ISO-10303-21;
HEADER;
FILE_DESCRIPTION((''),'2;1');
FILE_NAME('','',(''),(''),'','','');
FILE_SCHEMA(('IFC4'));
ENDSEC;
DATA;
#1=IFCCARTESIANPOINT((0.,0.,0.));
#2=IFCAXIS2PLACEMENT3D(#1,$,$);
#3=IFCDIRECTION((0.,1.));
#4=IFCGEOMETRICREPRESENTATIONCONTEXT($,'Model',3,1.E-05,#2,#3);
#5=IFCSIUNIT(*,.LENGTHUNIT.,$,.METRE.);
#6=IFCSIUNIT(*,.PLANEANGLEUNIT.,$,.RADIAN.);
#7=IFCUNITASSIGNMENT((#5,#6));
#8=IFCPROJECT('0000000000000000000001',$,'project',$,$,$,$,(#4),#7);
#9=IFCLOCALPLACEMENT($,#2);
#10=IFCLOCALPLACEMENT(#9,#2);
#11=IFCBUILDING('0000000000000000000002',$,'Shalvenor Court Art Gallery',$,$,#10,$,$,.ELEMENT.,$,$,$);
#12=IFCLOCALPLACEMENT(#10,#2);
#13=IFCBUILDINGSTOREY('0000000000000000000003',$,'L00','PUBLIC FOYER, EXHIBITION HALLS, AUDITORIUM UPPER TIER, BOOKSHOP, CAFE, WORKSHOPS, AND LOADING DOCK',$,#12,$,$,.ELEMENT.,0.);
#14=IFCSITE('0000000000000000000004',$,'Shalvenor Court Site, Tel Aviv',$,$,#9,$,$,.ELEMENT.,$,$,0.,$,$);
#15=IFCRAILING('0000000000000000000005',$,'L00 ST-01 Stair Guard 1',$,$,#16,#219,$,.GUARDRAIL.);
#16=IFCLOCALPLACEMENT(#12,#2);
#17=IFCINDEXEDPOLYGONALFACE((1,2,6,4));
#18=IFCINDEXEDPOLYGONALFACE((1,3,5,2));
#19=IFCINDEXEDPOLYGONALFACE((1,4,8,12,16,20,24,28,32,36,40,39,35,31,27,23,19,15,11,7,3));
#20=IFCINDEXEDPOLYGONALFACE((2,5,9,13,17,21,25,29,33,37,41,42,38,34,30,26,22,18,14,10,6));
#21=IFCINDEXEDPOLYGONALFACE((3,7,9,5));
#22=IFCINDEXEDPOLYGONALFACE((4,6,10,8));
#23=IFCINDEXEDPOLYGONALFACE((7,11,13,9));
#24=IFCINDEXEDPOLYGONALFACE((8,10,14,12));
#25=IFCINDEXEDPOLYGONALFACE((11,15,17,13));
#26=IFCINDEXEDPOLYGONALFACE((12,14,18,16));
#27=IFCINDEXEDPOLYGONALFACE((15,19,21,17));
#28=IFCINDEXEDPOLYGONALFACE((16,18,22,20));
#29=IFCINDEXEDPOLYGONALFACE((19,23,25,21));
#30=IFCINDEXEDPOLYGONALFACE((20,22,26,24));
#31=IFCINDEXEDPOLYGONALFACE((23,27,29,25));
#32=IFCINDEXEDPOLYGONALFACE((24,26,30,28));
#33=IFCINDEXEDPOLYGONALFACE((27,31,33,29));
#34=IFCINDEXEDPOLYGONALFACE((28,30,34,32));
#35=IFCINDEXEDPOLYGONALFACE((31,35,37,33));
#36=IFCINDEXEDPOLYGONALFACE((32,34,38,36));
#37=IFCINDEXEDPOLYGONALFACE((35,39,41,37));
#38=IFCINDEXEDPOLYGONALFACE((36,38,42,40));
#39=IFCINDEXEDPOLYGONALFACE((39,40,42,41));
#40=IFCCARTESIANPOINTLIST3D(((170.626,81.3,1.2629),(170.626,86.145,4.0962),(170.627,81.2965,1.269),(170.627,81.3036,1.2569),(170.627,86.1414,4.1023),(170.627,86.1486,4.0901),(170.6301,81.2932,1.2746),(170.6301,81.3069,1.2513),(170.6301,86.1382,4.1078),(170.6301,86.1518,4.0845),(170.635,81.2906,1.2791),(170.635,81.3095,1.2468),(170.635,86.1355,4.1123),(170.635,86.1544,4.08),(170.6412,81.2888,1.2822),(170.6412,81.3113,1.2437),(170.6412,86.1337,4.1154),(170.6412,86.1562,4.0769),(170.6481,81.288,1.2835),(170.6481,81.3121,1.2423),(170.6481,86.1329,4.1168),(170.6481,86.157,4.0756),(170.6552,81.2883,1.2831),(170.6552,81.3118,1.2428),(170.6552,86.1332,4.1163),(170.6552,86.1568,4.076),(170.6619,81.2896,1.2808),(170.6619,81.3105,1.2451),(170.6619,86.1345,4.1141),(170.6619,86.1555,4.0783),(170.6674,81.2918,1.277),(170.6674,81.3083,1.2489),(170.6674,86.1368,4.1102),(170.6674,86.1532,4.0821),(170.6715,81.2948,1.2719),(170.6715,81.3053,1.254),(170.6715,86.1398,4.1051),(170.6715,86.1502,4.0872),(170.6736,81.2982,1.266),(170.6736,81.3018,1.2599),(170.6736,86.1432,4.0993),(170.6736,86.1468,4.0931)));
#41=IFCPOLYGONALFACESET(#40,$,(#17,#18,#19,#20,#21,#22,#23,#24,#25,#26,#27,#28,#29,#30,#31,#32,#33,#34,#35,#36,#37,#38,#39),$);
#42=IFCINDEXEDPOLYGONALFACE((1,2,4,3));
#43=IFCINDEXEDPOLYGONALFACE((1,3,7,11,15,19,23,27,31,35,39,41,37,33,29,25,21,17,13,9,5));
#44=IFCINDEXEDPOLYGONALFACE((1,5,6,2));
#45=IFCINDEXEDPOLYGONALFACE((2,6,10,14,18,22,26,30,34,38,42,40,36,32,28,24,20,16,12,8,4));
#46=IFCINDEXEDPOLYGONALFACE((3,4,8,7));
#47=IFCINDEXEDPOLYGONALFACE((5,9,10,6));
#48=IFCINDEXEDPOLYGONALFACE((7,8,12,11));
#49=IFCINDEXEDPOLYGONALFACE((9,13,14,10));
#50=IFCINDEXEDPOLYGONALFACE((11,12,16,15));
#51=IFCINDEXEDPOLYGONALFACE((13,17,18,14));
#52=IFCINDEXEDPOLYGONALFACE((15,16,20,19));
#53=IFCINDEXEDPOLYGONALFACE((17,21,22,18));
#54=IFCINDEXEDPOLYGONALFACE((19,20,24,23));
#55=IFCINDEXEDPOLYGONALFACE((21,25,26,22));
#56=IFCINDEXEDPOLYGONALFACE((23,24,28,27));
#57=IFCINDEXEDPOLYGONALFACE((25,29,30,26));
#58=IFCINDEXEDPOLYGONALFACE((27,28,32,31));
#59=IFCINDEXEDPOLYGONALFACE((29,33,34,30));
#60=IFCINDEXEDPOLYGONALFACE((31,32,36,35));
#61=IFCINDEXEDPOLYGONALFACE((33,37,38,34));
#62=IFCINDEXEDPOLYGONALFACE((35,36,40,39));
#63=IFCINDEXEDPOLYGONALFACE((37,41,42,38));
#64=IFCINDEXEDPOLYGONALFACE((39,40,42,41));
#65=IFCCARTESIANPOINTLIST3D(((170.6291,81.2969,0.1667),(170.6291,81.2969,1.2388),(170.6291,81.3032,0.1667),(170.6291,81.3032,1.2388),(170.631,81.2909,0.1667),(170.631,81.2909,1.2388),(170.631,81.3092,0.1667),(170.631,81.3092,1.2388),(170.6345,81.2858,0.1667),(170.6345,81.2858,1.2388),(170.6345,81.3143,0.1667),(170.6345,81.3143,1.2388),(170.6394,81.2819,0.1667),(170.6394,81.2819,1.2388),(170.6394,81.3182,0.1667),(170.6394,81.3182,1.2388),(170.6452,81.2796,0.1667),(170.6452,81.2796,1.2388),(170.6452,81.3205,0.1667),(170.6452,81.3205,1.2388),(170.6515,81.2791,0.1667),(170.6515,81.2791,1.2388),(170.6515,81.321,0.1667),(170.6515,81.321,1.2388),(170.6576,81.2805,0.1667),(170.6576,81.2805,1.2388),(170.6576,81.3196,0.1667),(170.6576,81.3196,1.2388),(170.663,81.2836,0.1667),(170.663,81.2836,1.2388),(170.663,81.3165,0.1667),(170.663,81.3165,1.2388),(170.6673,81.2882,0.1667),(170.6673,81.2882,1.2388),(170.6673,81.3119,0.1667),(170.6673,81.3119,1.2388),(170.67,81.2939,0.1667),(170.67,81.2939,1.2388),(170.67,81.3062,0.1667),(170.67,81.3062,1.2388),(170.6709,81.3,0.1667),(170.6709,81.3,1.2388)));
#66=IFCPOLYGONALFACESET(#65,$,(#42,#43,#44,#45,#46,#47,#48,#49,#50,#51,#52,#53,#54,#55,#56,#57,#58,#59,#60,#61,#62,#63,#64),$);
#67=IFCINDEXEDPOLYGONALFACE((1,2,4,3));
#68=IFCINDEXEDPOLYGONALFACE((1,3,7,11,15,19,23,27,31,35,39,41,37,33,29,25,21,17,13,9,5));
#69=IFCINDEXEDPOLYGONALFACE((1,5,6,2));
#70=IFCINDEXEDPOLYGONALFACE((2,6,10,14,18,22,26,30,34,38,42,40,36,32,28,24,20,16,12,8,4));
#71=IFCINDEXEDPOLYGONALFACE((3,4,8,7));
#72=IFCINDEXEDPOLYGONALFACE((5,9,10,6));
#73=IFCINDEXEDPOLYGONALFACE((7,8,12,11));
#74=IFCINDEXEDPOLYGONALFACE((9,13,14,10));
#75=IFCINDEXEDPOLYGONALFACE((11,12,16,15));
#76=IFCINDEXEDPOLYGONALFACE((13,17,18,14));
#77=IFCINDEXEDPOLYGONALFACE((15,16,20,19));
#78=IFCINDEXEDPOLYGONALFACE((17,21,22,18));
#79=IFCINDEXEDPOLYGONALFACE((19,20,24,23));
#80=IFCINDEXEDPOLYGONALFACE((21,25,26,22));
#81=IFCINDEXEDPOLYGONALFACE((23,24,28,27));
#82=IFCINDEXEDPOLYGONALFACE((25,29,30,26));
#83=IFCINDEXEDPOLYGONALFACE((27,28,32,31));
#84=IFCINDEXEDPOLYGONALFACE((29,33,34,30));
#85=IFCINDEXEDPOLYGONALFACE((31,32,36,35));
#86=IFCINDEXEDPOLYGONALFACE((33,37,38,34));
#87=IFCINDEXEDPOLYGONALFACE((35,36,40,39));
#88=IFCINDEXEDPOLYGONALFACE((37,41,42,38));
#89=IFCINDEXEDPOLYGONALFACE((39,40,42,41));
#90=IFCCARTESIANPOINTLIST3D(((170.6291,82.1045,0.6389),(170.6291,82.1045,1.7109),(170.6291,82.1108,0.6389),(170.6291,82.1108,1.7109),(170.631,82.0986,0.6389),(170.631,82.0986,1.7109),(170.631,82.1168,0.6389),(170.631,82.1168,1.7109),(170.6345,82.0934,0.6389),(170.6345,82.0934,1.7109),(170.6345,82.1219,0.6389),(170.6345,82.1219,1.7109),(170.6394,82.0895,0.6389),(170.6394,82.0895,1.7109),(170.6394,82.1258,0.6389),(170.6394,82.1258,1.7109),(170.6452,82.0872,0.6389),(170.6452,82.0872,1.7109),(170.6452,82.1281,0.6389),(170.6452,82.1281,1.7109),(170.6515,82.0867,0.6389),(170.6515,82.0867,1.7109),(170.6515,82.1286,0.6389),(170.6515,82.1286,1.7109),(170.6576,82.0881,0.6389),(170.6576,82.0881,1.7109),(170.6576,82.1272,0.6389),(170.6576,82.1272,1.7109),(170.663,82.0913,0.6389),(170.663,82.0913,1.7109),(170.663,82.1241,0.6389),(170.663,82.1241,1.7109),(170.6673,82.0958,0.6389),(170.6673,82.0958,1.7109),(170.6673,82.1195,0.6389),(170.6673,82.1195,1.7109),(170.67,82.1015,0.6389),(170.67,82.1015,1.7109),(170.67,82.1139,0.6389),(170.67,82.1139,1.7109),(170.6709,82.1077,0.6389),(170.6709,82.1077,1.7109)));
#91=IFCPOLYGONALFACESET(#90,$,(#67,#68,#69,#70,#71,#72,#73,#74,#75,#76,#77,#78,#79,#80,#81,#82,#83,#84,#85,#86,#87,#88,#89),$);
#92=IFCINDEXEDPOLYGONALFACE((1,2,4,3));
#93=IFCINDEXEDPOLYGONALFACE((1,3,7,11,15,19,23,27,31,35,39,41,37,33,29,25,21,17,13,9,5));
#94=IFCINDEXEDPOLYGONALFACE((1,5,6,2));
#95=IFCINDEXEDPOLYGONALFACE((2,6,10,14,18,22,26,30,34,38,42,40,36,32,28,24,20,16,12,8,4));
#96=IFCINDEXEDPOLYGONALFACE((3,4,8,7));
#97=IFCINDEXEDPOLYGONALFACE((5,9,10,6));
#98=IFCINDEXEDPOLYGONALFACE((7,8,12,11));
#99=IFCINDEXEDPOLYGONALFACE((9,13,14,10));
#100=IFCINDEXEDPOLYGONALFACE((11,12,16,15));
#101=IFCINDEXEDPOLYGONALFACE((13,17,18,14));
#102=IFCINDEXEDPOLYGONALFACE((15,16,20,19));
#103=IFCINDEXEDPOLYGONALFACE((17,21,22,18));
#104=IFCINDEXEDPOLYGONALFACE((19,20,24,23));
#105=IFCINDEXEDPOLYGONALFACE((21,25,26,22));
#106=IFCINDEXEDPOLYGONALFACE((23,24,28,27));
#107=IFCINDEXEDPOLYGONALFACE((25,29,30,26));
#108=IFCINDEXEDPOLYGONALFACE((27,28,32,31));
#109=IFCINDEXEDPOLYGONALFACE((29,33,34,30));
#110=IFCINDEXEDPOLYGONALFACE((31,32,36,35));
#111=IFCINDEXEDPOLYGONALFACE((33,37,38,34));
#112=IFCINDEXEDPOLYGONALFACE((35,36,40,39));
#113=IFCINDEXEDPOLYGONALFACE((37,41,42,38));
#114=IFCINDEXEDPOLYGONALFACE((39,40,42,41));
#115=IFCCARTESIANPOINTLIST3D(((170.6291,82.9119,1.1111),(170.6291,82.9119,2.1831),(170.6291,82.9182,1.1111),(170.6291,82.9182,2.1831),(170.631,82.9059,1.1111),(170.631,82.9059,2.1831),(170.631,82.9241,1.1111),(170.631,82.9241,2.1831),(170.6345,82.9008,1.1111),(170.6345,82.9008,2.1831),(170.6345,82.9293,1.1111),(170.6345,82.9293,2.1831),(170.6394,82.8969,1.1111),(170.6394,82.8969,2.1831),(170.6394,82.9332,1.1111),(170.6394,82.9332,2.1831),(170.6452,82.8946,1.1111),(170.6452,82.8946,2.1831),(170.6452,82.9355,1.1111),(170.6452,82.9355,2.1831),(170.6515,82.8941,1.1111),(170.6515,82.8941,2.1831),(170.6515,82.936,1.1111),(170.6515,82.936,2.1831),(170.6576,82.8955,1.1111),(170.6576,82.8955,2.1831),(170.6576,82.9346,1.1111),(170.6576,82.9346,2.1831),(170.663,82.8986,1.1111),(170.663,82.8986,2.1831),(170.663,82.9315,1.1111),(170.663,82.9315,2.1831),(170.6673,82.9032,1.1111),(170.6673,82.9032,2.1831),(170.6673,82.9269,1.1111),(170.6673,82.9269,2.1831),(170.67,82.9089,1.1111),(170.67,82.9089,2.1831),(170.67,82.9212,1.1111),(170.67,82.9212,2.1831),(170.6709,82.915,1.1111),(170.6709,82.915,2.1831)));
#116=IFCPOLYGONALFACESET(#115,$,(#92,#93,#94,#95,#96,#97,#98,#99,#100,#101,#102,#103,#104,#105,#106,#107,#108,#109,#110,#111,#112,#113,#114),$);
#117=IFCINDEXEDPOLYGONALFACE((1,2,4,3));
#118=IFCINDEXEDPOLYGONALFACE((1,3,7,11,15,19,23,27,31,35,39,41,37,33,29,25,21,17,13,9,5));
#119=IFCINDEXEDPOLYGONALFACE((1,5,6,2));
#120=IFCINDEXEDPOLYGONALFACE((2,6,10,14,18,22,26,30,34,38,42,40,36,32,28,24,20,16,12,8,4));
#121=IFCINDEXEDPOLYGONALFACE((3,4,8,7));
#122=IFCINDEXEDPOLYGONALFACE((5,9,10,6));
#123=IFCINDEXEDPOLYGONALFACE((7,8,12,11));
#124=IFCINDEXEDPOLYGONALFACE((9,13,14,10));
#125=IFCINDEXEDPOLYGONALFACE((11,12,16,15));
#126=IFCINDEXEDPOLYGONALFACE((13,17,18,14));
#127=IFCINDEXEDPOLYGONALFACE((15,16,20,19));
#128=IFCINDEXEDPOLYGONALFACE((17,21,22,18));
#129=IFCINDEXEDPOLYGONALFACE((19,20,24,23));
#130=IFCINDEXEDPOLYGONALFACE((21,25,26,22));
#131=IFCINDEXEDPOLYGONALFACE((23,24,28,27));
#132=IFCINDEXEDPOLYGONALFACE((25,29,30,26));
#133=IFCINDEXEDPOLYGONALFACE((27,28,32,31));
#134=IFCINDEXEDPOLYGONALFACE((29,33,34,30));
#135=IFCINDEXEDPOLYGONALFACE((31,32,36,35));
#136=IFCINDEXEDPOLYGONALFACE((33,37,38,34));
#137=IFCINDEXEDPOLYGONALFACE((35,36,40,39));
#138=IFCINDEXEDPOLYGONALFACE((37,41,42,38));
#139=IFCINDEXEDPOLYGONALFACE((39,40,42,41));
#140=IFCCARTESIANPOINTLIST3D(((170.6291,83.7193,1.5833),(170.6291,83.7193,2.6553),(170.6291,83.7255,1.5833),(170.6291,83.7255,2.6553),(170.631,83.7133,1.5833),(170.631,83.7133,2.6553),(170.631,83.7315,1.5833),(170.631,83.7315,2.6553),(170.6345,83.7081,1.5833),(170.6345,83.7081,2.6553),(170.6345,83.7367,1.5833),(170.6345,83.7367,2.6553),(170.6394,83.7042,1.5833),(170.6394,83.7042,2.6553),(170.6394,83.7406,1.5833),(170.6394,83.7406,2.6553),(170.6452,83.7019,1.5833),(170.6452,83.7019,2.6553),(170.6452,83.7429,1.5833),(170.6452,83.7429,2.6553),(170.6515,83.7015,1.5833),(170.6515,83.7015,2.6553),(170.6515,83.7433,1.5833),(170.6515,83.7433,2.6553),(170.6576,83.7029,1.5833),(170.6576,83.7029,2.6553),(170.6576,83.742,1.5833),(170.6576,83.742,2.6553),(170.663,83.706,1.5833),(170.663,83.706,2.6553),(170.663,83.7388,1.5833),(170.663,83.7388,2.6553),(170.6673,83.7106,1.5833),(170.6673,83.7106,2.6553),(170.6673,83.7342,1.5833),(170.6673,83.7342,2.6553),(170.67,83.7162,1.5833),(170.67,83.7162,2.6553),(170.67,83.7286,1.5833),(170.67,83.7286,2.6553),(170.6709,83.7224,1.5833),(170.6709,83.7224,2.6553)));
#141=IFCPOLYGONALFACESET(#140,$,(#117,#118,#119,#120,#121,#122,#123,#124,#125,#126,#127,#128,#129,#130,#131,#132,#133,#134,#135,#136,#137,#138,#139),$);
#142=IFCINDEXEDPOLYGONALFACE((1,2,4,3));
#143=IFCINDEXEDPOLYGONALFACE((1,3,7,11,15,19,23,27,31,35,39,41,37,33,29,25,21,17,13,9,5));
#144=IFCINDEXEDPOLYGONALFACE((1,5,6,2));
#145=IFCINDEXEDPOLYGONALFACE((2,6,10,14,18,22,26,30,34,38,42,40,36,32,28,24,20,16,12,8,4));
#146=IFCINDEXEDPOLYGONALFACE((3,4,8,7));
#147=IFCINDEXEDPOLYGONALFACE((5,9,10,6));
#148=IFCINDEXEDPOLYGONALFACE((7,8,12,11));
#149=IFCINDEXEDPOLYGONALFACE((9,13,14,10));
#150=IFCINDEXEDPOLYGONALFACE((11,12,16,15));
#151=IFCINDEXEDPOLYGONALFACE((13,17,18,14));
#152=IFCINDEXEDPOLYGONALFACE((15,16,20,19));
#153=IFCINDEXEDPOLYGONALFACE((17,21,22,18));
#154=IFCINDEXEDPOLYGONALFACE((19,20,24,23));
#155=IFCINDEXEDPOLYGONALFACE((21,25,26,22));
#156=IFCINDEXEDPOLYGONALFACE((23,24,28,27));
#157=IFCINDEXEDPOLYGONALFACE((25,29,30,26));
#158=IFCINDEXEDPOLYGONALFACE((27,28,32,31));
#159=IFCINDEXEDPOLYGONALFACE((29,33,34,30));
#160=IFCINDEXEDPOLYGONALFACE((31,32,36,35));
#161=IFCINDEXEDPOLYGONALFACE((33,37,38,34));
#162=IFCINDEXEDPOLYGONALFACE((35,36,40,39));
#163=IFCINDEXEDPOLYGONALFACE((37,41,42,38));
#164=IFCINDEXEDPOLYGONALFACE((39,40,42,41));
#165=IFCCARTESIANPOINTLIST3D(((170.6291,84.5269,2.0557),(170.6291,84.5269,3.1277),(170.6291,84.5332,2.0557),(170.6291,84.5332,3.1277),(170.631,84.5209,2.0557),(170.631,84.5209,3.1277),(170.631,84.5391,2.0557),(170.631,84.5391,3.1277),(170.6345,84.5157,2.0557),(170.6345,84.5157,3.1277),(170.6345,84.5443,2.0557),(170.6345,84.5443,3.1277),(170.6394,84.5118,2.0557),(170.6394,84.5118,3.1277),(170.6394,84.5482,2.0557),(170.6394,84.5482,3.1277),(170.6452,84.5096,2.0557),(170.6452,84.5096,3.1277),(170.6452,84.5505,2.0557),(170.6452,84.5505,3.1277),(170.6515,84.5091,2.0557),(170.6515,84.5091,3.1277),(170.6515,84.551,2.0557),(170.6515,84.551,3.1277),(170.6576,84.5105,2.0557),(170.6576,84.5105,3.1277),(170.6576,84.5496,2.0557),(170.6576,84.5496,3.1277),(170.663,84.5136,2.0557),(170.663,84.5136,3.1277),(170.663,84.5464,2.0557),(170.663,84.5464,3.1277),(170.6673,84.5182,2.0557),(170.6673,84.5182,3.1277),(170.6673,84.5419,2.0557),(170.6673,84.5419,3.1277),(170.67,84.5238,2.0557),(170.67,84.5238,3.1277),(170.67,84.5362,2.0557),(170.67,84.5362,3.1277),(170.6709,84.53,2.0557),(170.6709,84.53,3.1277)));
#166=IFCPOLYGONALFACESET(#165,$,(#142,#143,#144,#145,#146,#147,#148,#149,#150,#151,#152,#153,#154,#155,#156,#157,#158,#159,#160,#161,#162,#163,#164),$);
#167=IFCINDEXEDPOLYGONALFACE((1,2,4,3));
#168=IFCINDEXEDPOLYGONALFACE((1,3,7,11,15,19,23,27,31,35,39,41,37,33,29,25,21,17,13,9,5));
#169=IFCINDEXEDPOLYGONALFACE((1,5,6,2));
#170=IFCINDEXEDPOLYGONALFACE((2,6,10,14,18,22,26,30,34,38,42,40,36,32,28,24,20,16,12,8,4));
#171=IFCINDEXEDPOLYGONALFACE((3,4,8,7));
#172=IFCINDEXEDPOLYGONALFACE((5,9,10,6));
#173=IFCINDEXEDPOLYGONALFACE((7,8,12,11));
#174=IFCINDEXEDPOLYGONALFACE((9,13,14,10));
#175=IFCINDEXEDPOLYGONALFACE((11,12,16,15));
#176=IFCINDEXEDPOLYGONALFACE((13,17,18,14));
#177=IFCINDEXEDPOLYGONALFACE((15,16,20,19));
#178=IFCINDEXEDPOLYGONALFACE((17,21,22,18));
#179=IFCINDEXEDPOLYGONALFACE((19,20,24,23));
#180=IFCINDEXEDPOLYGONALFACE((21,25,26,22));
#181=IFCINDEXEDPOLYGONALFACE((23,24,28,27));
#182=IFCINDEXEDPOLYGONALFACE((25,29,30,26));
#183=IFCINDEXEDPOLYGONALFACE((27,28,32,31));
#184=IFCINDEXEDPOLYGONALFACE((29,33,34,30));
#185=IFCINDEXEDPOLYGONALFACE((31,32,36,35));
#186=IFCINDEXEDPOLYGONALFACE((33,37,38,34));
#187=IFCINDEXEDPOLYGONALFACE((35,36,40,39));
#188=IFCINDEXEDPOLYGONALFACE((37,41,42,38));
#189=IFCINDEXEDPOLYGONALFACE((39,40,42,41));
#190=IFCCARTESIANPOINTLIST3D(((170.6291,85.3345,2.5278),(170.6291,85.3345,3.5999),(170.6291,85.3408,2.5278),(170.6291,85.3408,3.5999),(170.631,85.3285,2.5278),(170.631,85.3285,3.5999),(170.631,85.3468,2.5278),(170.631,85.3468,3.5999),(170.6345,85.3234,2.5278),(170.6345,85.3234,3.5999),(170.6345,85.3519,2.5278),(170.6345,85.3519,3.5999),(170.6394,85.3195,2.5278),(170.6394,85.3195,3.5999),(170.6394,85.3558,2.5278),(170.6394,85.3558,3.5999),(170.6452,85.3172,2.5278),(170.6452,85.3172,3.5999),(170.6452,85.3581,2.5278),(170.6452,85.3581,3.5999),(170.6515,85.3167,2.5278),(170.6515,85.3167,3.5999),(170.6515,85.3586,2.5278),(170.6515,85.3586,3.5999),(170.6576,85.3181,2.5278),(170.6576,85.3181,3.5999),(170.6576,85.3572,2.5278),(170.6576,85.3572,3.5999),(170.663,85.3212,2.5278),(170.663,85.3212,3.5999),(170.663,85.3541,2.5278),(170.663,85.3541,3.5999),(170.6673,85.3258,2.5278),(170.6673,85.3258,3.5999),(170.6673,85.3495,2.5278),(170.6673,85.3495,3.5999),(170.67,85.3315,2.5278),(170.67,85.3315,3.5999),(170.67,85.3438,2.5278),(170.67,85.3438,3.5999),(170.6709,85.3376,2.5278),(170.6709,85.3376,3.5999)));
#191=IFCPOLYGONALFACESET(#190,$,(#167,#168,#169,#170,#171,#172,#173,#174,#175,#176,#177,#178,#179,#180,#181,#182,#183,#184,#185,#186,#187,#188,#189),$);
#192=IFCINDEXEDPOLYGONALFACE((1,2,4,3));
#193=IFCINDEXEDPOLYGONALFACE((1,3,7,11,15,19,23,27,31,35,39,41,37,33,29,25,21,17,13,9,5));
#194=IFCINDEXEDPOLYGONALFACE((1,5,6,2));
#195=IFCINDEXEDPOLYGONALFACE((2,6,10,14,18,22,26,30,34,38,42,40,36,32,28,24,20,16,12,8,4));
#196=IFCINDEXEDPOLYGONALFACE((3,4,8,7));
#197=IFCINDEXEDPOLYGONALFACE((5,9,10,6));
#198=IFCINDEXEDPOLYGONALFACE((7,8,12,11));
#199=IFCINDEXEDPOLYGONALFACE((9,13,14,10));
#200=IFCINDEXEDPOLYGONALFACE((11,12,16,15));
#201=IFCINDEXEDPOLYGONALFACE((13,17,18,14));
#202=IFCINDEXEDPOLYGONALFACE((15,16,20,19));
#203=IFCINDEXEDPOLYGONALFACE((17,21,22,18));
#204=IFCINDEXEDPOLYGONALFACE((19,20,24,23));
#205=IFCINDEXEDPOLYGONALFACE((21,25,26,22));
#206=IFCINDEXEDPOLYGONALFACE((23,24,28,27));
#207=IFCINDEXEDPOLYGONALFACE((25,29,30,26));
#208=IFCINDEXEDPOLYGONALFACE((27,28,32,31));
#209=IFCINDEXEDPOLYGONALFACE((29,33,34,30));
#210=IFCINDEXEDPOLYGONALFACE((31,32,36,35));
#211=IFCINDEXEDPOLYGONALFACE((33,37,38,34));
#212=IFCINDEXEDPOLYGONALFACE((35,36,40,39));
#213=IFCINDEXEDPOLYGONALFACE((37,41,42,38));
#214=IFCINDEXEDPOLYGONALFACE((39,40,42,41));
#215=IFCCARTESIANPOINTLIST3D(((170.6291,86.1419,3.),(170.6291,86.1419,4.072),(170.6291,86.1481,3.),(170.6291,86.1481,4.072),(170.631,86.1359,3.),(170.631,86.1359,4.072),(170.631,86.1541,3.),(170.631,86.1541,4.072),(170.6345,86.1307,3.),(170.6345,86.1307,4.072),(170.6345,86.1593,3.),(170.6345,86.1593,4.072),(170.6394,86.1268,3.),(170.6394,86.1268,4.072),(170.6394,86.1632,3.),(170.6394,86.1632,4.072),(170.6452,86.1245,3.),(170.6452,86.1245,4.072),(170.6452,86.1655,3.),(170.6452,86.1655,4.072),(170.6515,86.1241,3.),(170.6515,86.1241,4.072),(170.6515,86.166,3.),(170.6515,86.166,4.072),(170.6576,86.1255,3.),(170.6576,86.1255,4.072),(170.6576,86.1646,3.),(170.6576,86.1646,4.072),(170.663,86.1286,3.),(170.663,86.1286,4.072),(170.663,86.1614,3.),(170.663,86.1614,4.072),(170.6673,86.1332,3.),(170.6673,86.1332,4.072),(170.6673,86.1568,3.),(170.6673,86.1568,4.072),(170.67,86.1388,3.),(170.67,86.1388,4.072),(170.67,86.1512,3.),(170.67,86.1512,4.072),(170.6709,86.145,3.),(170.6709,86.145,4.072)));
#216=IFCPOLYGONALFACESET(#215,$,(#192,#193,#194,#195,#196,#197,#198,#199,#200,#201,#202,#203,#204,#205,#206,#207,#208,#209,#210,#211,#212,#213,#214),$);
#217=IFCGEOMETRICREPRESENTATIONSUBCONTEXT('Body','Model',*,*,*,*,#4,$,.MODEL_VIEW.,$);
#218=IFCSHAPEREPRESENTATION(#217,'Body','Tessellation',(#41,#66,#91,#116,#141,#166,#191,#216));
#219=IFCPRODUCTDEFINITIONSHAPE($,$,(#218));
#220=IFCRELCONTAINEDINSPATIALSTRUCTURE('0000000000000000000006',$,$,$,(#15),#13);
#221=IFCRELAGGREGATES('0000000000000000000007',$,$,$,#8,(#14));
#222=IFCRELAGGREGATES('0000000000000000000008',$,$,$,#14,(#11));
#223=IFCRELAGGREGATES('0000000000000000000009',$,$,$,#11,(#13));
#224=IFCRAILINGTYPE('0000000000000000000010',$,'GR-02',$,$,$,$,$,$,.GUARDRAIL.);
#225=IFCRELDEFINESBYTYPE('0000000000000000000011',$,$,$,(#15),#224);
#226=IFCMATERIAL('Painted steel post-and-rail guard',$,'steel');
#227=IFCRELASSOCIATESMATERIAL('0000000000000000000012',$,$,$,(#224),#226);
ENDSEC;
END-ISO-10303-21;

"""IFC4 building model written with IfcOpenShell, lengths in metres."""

from ifc_helpers import new_model, si_unit, direction, frame, origin, origin_2d, place, context, subcontext, project, spatial, circle, extrude, material, type_object, element, save


model = new_model("IFC4")

# Units and contexts
model_context = context("Model", 3, precision=1e-05, world=origin(), true_north=direction((0.0, 1.0)))
body_context = subcontext(model_context, "Body", "Model", "MODEL_VIEW")
ifc_project = project(units=[si_unit("LENGTHUNIT", "METRE"), si_unit("PLANEANGLEUNIT", "RADIAN")], contexts=[model_context])

# Site, building, storey
site_placement = place(None, origin())
site = spatial("IfcSite", under=ifc_project, at=site_placement, Name="Shalvenor Court Site, Tel Aviv", CompositionType="ELEMENT", RefElevation=0.0)
building_placement = place(site_placement, origin())
building = spatial("IfcBuilding", under=site, at=building_placement, Name="Shalvenor Court Art Gallery", CompositionType="ELEMENT")
storey_placement = place(building_placement, origin())
storey = spatial("IfcBuildingStorey", under=building, at=storey_placement, Name="L00", Description="PUBLIC FOYER, EXHIBITION HALLS, AUDITORIUM UPPER TIER, BOOKSHOP, CAFE, WORKSHOPS, AND LOADING DOCK", CompositionType="ELEMENT", Elevation=0.0)

# Railing
ifc_material_1 = material(Name="Painted steel post-and-rail guard", Category="steel")
railing_type_1 = type_object("IfcRailingType", Name="GR-02", PredefinedType="GUARDRAIL", material=ifc_material_1)
railing_1_placement = place(storey_placement, frame((170.6499, 81.3, 0.1667)))
element("IfcRailing", 1, at=railing_1_placement, inside=storey, type_object=railing_type_1, Name="L00 ST-01 Stair Guard 1", PredefinedType="GUARDRAIL", context=body_context, shape_type="SweptSolid", body=[
    extrude(circle(Radius=0.0239, at=origin_2d()), frame((0.0, 0.0, 1.0962), z_axis=(0.0, 0.863234, 0.504804), x_axis=(-1.0, 0.0, 0.0)), (0.0, 0.0, 1.0), 5.6125),
    extrude(circle(Radius=0.021, at=origin_2d()), origin(), (0.0, 0.0, 1.0), 1.072),
    extrude(circle(Radius=0.021, at=origin_2d()), frame((0.0, 0.8076, 0.4722)), (0.0, 0.0, 1.0), 1.072),
    extrude(circle(Radius=0.021, at=origin_2d()), frame((0.0, 1.615, 0.9443)), (0.0, 0.0, 1.0), 1.072),
    extrude(circle(Radius=0.021, at=origin_2d()), frame((0.0, 2.4224, 1.4165)), (0.0, 0.0, 1.0), 1.072),
    extrude(circle(Radius=0.021, at=origin_2d()), frame((0.0, 3.23, 1.8889)), (0.0, 0.0, 1.0), 1.072),
    extrude(circle(Radius=0.021, at=origin_2d()), frame((0.0, 4.0376, 2.3611)), (0.0, 0.0, 1.0), 1.072),
    extrude(circle(Radius=0.021, at=origin_2d()), frame((0.0, 4.845, 2.8333)), (0.0, 0.0, 1.0), 1.072),
])

save(model, "model.ifc")
